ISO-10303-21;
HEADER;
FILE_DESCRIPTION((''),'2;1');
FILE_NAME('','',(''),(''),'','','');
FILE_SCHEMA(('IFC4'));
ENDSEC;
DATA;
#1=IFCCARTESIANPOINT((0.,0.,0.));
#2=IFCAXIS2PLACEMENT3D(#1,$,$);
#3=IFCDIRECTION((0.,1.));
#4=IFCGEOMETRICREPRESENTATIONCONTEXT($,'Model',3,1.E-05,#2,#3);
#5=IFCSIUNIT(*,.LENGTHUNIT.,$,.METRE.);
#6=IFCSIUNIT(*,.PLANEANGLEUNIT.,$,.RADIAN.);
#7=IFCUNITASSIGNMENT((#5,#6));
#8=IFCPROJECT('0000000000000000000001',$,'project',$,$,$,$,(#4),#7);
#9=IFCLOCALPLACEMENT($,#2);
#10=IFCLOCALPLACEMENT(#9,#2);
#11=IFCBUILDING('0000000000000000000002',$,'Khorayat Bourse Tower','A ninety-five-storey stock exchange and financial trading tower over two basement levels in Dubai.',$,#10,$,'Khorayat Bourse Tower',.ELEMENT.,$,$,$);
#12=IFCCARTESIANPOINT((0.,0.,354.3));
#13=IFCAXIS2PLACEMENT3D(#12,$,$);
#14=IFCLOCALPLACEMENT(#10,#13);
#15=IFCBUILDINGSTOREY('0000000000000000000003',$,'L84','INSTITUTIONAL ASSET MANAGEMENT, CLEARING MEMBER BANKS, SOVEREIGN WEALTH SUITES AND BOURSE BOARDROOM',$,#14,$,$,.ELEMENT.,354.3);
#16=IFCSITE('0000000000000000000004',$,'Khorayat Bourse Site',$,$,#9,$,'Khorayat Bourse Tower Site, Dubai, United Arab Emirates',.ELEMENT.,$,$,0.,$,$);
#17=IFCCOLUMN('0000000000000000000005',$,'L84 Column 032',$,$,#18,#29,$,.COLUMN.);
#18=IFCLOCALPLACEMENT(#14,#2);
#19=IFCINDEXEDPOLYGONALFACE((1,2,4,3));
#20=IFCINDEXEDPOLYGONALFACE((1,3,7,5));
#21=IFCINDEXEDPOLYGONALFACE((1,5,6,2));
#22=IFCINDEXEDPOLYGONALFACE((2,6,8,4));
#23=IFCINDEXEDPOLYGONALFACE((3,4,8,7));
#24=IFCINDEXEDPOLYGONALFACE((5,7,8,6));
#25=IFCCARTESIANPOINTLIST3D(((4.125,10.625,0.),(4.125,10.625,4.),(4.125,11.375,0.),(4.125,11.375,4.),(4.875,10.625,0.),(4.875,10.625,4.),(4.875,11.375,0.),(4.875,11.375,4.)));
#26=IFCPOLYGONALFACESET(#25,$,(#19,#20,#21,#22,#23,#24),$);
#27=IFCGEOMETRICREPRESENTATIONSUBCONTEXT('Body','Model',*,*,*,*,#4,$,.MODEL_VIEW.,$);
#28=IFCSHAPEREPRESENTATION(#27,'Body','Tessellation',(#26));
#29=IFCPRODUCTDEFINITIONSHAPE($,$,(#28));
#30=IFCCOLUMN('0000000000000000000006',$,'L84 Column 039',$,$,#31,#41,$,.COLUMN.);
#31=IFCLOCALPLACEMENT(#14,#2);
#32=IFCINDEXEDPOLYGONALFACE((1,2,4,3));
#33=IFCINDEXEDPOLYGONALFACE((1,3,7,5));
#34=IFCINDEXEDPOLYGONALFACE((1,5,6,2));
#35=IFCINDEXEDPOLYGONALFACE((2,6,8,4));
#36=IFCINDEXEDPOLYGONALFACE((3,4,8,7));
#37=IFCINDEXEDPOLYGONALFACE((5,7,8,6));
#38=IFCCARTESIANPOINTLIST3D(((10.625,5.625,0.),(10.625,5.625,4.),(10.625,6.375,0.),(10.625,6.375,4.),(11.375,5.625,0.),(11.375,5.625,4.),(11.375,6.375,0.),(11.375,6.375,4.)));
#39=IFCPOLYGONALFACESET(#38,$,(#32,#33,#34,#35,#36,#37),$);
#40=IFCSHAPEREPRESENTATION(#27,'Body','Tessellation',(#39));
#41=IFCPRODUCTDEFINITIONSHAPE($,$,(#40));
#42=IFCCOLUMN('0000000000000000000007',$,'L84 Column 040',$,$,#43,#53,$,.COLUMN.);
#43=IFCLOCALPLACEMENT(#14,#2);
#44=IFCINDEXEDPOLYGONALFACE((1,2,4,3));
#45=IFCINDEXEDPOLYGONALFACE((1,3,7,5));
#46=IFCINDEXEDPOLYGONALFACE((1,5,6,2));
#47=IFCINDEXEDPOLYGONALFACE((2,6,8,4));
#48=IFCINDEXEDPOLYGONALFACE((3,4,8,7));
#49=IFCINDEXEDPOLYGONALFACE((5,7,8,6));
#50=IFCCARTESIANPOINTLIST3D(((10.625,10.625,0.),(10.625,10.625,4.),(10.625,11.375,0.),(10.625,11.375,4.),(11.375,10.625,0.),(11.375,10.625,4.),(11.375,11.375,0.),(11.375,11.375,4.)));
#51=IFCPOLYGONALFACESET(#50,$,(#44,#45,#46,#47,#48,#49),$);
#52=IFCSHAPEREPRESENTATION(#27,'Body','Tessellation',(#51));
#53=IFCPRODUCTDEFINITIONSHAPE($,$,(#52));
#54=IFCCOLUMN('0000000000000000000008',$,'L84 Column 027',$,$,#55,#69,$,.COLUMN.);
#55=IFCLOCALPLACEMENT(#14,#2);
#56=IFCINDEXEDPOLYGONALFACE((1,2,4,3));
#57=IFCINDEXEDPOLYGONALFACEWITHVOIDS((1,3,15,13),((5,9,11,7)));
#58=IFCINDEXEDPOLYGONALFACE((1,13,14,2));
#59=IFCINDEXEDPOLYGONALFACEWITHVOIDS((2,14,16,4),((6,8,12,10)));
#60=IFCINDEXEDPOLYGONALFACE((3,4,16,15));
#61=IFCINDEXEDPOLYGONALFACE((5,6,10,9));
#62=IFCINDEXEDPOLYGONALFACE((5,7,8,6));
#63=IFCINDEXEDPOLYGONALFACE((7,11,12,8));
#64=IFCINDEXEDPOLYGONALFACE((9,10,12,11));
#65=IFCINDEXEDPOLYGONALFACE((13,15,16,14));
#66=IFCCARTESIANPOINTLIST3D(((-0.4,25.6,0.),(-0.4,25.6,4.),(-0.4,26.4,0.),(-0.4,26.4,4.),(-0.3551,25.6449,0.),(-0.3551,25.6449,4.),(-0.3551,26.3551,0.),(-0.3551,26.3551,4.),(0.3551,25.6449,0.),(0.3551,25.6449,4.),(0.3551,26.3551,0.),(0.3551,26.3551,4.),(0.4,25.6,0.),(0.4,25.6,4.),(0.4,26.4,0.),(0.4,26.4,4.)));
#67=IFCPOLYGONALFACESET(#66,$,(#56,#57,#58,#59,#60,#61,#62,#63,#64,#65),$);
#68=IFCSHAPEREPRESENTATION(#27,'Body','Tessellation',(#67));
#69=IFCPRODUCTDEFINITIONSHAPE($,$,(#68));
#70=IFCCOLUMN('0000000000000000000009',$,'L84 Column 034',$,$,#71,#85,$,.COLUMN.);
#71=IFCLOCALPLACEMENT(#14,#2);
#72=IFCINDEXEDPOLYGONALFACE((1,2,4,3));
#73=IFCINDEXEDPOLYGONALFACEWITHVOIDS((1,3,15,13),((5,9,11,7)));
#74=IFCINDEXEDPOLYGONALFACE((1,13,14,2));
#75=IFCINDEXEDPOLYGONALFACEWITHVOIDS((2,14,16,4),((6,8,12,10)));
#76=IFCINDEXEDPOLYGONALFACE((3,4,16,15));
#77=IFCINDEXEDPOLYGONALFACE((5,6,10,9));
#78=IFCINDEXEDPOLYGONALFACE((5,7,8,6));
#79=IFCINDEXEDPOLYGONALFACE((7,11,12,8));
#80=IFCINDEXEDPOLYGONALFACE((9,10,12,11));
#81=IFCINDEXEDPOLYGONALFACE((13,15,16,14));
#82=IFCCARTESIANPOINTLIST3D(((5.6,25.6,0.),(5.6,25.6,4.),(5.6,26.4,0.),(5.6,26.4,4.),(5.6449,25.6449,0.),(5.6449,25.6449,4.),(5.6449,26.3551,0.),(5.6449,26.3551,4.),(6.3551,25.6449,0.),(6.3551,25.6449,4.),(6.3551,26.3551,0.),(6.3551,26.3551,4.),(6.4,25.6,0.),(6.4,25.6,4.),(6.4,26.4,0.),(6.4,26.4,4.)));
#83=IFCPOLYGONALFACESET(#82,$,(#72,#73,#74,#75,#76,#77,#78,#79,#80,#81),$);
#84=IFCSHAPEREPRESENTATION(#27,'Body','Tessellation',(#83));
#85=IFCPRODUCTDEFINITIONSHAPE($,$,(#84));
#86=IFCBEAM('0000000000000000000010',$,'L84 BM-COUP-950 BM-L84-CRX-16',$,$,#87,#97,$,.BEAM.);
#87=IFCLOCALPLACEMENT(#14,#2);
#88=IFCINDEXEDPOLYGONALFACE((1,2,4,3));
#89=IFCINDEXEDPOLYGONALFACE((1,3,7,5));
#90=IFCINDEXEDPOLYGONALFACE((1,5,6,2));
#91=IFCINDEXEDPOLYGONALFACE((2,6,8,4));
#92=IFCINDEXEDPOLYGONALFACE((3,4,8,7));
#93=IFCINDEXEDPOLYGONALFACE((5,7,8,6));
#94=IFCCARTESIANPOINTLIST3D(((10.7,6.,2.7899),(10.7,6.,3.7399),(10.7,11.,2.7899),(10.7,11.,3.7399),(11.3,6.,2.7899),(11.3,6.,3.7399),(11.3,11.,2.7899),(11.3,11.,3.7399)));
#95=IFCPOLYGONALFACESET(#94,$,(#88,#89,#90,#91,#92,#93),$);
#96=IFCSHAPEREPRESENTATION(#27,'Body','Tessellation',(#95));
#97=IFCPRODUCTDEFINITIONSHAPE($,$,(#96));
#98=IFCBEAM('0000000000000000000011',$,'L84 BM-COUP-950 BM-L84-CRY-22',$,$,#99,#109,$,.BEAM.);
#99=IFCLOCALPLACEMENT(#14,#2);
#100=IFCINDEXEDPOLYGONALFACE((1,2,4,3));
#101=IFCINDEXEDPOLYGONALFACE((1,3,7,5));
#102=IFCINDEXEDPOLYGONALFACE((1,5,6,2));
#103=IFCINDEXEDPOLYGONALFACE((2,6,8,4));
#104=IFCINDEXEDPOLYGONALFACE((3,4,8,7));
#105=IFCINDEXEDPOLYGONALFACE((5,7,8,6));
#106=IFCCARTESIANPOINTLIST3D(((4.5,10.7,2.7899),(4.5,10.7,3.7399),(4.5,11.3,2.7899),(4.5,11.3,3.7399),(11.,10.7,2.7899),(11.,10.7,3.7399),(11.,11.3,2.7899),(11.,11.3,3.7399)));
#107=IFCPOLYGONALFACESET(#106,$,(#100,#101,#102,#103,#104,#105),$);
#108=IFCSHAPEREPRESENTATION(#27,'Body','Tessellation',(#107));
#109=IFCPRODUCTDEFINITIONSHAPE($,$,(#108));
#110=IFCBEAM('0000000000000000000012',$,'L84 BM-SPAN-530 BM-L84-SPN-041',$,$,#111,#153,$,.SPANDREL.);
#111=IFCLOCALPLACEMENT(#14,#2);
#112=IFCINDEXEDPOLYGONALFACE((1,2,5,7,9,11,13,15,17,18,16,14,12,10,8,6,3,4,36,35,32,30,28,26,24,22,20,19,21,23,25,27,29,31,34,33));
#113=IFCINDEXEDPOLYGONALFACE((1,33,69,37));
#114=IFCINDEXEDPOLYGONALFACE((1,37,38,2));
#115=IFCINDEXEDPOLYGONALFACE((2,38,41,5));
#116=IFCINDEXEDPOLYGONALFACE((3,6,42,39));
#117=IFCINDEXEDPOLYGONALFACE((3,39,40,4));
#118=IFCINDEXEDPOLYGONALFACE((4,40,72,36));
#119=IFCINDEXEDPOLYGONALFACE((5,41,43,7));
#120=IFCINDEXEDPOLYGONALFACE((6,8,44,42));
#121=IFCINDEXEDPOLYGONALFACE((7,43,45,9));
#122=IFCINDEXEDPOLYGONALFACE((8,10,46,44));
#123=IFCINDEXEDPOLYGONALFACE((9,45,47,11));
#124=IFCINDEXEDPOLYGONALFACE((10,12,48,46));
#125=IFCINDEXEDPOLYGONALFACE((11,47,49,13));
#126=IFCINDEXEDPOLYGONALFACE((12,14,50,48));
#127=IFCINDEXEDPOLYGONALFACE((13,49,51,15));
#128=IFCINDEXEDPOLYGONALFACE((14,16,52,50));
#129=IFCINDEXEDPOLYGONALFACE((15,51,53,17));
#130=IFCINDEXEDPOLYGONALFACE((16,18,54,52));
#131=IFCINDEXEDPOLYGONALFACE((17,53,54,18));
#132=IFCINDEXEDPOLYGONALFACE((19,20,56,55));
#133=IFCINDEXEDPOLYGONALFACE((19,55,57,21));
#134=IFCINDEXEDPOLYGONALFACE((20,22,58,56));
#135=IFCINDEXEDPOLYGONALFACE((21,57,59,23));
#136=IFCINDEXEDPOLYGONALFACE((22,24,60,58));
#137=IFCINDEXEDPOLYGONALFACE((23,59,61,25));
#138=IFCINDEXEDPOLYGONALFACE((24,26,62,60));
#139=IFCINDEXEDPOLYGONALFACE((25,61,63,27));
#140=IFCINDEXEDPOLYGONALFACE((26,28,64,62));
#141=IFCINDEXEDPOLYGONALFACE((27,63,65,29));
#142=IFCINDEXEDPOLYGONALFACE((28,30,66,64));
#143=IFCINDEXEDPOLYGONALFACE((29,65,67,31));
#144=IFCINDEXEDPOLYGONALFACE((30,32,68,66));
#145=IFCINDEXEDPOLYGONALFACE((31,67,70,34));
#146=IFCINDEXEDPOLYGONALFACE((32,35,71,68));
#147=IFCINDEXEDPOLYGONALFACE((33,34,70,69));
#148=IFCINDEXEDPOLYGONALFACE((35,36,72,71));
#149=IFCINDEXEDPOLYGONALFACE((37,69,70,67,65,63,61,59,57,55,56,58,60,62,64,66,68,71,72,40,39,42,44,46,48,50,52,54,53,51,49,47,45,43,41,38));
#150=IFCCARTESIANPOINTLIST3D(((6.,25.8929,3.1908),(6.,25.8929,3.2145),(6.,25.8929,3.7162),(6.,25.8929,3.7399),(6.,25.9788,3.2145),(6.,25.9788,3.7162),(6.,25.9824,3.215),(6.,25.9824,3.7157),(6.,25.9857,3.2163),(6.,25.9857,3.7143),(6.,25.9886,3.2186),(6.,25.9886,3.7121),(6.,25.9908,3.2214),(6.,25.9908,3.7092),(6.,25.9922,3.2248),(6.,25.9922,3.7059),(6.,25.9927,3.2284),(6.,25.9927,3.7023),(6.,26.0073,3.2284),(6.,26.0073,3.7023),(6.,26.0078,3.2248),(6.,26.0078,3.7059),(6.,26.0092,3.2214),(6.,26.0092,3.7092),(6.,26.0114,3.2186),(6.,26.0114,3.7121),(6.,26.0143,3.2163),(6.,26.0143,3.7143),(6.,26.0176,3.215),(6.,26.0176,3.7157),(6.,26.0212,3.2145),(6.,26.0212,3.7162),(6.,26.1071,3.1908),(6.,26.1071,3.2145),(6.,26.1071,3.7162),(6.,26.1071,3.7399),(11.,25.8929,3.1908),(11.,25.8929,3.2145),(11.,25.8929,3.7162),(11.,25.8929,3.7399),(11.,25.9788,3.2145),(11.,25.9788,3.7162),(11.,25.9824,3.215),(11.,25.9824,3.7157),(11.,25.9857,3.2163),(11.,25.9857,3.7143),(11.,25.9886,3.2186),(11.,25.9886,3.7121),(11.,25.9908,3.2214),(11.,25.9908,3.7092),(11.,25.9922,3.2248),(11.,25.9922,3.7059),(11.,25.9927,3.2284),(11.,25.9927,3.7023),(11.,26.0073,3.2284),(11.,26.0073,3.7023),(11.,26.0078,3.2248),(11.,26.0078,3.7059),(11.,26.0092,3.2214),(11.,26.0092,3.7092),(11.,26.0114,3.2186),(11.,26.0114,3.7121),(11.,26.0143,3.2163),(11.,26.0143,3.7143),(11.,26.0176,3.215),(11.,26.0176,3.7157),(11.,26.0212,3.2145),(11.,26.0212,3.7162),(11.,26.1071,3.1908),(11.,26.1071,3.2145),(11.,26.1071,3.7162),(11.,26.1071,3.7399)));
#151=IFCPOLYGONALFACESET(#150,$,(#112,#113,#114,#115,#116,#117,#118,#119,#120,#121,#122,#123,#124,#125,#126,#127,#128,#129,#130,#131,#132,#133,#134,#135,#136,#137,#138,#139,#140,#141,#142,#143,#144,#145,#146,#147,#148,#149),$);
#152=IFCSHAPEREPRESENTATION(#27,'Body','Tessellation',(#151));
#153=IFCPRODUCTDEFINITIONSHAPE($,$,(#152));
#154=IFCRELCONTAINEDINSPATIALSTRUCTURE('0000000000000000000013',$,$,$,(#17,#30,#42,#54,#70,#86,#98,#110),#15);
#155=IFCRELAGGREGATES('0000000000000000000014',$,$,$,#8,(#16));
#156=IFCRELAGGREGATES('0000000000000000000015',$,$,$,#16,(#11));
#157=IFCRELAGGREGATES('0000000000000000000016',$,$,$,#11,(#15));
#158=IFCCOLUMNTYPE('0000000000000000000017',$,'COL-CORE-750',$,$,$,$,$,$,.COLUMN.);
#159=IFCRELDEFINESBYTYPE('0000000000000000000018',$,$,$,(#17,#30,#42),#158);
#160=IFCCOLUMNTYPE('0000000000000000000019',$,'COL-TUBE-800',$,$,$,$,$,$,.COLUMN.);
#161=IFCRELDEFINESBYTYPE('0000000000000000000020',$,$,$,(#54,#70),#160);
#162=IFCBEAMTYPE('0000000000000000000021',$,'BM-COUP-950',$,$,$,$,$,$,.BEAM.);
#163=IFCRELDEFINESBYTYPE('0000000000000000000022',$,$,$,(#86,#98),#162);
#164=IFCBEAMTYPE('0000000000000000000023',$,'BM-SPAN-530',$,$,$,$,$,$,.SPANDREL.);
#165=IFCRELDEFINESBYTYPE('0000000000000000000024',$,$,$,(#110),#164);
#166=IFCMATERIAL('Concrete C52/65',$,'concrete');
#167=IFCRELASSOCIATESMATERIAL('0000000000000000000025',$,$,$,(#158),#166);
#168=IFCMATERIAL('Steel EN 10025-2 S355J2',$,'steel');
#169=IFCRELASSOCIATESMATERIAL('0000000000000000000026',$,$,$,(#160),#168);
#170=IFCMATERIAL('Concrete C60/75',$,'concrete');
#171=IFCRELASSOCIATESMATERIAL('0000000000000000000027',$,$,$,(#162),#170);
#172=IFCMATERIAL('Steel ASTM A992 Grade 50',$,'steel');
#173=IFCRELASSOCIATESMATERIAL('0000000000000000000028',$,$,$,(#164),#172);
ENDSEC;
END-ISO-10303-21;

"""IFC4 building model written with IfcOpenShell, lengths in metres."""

from ifc_helpers import new_model, si_unit, direction, frame, origin, origin_2d, place, context, subcontext, project, spatial, rectangle, hollow_rectangle, i_section, extrude, source, transform, mapped, material, material_profile, profile_set, type_object, element, save


model = new_model("IFC4")

# Units and contexts
model_context = context("Model", 3, precision=1e-05, world=origin(), true_north=direction((0.0, 1.0)))
body_context = subcontext(model_context, "Body", "Model", "MODEL_VIEW")
ifc_project = project(units=[si_unit("LENGTHUNIT", "METRE"), si_unit("PLANEANGLEUNIT", "RADIAN")], contexts=[model_context])

# Site, building, storey
site_placement = place(None, origin())
site = spatial("IfcSite", under=ifc_project, at=site_placement, Name="Khorayat Bourse Site", LongName="Khorayat Bourse Tower Site, Dubai, United Arab Emirates", CompositionType="ELEMENT", RefElevation=0.0)
building_placement = place(site_placement, origin())
building = spatial("IfcBuilding", under=site, at=building_placement, Name="Khorayat Bourse Tower", Description="A ninety-five-storey stock exchange and financial trading tower over two basement levels in Dubai.", LongName="Khorayat Bourse Tower", CompositionType="ELEMENT")
storey_placement = place(building_placement, frame((0.0, 0.0, 354.3)))
storey = spatial("IfcBuildingStorey", under=building, at=storey_placement, Name="L84", Description="INSTITUTIONAL ASSET MANAGEMENT, CLEARING MEMBER BANKS, SOVEREIGN WEALTH SUITES AND BOURSE BOARDROOM", CompositionType="ELEMENT", Elevation=354.3)

# Columns
ifc_material_1 = material(Name="Concrete C52/65", Category="concrete")
ifc_material_profile_1 = material_profile(ifc_material_1, rectangle(XDim=0.75, YDim=0.75, at=origin_2d()), Name="RC 750x750")
ifc_profile_set_1 = profile_set([ifc_material_profile_1], Name="Concrete C52/65")
column_type_1 = type_object("IfcColumnType", Name="COL-CORE-750", PredefinedType="COLUMN", material=ifc_profile_set_1)
shared_shape_1 = source(origin(), body_context, "Body", "SweptSolid", [
    extrude(rectangle(XDim=0.75, YDim=0.75, at=origin_2d()), origin(), (0.0, 0.0, 1.0), 4.0),
])
for number, where, z_axis, x_axis, name in (
    (1, (4.5, 11.0, 0.0), (0.0, 0.0, 1.0), (1.0, 0.0, 0.0), "L84 Column 032"),
    (2, (11.0, 6.0, 0.0), (0.0, 0.0, 1.0), (1.0, 0.0, 0.0), "L84 Column 039"),
    (3, (11.0, 11.0, 0.0), (0.0, 0.0, 1.0), (1.0, 0.0, 0.0), "L84 Column 040"),
):
    element("IfcColumn", number, at=place(storey_placement, frame(where, z_axis=z_axis, x_axis=x_axis)), inside=storey, type_object=column_type_1, Name=name, PredefinedType="COLUMN", context=body_context, shape_type="MappedRepresentation", body=[
        mapped(shared_shape_1, transform((0.0, 0.0, 0.0), scale=1.0)),
    ])
ifc_material_2 = material(Name="Steel EN 10025-2 S355J2", Category="steel")
ifc_material_profile_2 = material_profile(ifc_material_2, hollow_rectangle(XDim=0.8, YDim=0.8, WallThickness=0.0449, at=origin_2d()), Name="BOX 800x800x45")
ifc_profile_set_2 = profile_set([ifc_material_profile_2], Name="Steel EN 10025-2 S355J2")
column_type_2 = type_object("IfcColumnType", Name="COL-TUBE-800", PredefinedType="COLUMN", material=ifc_profile_set_2)
shared_shape_2 = source(origin(), body_context, "Body", "SweptSolid", [
    extrude(hollow_rectangle(XDim=0.8, YDim=0.8, WallThickness=0.0449, at=origin_2d()), origin(), (0.0, 0.0, 1.0), 4.0),
])
for number, where, z_axis, x_axis, name in (
    (4, (0.0, 26.0, 0.0), (0.0, 0.0, 1.0), (1.0, 0.0, 0.0), "L84 Column 027"),
    (5, (6.0, 26.0, 0.0), (0.0, 0.0, 1.0), (1.0, 0.0, 0.0), "L84 Column 034"),
):
    element("IfcColumn", number, at=place(storey_placement, frame(where, z_axis=z_axis, x_axis=x_axis)), inside=storey, type_object=column_type_2, Name=name, PredefinedType="COLUMN", context=body_context, shape_type="MappedRepresentation", body=[
        mapped(shared_shape_2, transform((0.0, 0.0, 0.0), scale=1.0)),
    ])

# Beams
ifc_material_3 = material(Name="Concrete C60/75", Category="concrete")
ifc_material_profile_3 = material_profile(ifc_material_3, rectangle(XDim=0.6001, YDim=0.95, at=origin_2d()), Name="RC 600x950")
ifc_profile_set_3 = profile_set([ifc_material_profile_3], Name="Concrete C60/75")
beam_type_1 = type_object("IfcBeamType", Name="BM-COUP-950", PredefinedType="BEAM", material=ifc_profile_set_3)
shared_shape_3 = source(origin(), body_context, "Body", "SweptSolid", [
    extrude(rectangle(XDim=0.6001, YDim=0.95, at=origin_2d()), origin(), (0.0, 0.0, 1.0), 5.0),
])
beam_1_placement = place(storey_placement, frame((11.0, 6.0, 3.2649), z_axis=(0.0, 1.0, 0.0), x_axis=(-1.0, 0.0, 0.0)))
element("IfcBeam", 6, at=beam_1_placement, inside=storey, type_object=beam_type_1, Name="L84 BM-COUP-950 BM-L84-CRX-16", PredefinedType="BEAM", context=body_context, shape_type="MappedRepresentation", body=[
    mapped(shared_shape_3, transform((0.0, 0.0, 0.0), scale=1.0)),
])
shared_shape_4 = source(origin(), body_context, "Body", "SweptSolid", [
    extrude(rectangle(XDim=0.6001, YDim=0.95, at=origin_2d()), origin(), (0.0, 0.0, 1.0), 6.5),
])
beam_2_placement = place(storey_placement, frame((4.5, 11.0, 3.2649), z_axis=(1.0, 0.0, 0.0), x_axis=(0.0, 1.0, 0.0)))
element("IfcBeam", 7, at=beam_2_placement, inside=storey, type_object=beam_type_1, Name="L84 BM-COUP-950 BM-L84-CRY-22", PredefinedType="BEAM", context=body_context, shape_type="MappedRepresentation", body=[
    mapped(shared_shape_4, transform((0.0, 0.0, 0.0), scale=1.0)),
])
ifc_material_4 = material(Name="Steel ASTM A992 Grade 50", Category="steel")
ifc_material_profile_4 = material_profile(ifc_material_4, i_section(OverallWidth=0.2141, OverallDepth=0.5491, WebThickness=0.0146, FlangeThickness=0.0237, FilletRadius=0.0139, at=origin_2d()), Name="W530X138")
ifc_profile_set_4 = profile_set([ifc_material_profile_4], Name="Steel ASTM A992 Grade 50")
beam_type_2 = type_object("IfcBeamType", Name="BM-SPAN-530", PredefinedType="SPANDREL", material=ifc_profile_set_4)
shared_shape_5 = source(origin(), body_context, "Body", "SweptSolid", [
    extrude(i_section(OverallWidth=0.2141, OverallDepth=0.5491, WebThickness=0.0146, FlangeThickness=0.0237, FilletRadius=0.0139, at=origin_2d()), origin(), (0.0, 0.0, 1.0), 5.0),
])
beam_3_placement = place(storey_placement, frame((6.0, 26.0, 3.4653), z_axis=(1.0, 0.0, 0.0), x_axis=(0.0, 1.0, 0.0)))
element("IfcBeam", 8, at=beam_3_placement, inside=storey, type_object=beam_type_2, Name="L84 BM-SPAN-530 BM-L84-SPN-041", PredefinedType="SPANDREL", context=body_context, shape_type="MappedRepresentation", body=[
    mapped(shared_shape_5, transform((0.0, 0.0, 0.0), scale=1.0)),
])

save(model, "model.ifc")
